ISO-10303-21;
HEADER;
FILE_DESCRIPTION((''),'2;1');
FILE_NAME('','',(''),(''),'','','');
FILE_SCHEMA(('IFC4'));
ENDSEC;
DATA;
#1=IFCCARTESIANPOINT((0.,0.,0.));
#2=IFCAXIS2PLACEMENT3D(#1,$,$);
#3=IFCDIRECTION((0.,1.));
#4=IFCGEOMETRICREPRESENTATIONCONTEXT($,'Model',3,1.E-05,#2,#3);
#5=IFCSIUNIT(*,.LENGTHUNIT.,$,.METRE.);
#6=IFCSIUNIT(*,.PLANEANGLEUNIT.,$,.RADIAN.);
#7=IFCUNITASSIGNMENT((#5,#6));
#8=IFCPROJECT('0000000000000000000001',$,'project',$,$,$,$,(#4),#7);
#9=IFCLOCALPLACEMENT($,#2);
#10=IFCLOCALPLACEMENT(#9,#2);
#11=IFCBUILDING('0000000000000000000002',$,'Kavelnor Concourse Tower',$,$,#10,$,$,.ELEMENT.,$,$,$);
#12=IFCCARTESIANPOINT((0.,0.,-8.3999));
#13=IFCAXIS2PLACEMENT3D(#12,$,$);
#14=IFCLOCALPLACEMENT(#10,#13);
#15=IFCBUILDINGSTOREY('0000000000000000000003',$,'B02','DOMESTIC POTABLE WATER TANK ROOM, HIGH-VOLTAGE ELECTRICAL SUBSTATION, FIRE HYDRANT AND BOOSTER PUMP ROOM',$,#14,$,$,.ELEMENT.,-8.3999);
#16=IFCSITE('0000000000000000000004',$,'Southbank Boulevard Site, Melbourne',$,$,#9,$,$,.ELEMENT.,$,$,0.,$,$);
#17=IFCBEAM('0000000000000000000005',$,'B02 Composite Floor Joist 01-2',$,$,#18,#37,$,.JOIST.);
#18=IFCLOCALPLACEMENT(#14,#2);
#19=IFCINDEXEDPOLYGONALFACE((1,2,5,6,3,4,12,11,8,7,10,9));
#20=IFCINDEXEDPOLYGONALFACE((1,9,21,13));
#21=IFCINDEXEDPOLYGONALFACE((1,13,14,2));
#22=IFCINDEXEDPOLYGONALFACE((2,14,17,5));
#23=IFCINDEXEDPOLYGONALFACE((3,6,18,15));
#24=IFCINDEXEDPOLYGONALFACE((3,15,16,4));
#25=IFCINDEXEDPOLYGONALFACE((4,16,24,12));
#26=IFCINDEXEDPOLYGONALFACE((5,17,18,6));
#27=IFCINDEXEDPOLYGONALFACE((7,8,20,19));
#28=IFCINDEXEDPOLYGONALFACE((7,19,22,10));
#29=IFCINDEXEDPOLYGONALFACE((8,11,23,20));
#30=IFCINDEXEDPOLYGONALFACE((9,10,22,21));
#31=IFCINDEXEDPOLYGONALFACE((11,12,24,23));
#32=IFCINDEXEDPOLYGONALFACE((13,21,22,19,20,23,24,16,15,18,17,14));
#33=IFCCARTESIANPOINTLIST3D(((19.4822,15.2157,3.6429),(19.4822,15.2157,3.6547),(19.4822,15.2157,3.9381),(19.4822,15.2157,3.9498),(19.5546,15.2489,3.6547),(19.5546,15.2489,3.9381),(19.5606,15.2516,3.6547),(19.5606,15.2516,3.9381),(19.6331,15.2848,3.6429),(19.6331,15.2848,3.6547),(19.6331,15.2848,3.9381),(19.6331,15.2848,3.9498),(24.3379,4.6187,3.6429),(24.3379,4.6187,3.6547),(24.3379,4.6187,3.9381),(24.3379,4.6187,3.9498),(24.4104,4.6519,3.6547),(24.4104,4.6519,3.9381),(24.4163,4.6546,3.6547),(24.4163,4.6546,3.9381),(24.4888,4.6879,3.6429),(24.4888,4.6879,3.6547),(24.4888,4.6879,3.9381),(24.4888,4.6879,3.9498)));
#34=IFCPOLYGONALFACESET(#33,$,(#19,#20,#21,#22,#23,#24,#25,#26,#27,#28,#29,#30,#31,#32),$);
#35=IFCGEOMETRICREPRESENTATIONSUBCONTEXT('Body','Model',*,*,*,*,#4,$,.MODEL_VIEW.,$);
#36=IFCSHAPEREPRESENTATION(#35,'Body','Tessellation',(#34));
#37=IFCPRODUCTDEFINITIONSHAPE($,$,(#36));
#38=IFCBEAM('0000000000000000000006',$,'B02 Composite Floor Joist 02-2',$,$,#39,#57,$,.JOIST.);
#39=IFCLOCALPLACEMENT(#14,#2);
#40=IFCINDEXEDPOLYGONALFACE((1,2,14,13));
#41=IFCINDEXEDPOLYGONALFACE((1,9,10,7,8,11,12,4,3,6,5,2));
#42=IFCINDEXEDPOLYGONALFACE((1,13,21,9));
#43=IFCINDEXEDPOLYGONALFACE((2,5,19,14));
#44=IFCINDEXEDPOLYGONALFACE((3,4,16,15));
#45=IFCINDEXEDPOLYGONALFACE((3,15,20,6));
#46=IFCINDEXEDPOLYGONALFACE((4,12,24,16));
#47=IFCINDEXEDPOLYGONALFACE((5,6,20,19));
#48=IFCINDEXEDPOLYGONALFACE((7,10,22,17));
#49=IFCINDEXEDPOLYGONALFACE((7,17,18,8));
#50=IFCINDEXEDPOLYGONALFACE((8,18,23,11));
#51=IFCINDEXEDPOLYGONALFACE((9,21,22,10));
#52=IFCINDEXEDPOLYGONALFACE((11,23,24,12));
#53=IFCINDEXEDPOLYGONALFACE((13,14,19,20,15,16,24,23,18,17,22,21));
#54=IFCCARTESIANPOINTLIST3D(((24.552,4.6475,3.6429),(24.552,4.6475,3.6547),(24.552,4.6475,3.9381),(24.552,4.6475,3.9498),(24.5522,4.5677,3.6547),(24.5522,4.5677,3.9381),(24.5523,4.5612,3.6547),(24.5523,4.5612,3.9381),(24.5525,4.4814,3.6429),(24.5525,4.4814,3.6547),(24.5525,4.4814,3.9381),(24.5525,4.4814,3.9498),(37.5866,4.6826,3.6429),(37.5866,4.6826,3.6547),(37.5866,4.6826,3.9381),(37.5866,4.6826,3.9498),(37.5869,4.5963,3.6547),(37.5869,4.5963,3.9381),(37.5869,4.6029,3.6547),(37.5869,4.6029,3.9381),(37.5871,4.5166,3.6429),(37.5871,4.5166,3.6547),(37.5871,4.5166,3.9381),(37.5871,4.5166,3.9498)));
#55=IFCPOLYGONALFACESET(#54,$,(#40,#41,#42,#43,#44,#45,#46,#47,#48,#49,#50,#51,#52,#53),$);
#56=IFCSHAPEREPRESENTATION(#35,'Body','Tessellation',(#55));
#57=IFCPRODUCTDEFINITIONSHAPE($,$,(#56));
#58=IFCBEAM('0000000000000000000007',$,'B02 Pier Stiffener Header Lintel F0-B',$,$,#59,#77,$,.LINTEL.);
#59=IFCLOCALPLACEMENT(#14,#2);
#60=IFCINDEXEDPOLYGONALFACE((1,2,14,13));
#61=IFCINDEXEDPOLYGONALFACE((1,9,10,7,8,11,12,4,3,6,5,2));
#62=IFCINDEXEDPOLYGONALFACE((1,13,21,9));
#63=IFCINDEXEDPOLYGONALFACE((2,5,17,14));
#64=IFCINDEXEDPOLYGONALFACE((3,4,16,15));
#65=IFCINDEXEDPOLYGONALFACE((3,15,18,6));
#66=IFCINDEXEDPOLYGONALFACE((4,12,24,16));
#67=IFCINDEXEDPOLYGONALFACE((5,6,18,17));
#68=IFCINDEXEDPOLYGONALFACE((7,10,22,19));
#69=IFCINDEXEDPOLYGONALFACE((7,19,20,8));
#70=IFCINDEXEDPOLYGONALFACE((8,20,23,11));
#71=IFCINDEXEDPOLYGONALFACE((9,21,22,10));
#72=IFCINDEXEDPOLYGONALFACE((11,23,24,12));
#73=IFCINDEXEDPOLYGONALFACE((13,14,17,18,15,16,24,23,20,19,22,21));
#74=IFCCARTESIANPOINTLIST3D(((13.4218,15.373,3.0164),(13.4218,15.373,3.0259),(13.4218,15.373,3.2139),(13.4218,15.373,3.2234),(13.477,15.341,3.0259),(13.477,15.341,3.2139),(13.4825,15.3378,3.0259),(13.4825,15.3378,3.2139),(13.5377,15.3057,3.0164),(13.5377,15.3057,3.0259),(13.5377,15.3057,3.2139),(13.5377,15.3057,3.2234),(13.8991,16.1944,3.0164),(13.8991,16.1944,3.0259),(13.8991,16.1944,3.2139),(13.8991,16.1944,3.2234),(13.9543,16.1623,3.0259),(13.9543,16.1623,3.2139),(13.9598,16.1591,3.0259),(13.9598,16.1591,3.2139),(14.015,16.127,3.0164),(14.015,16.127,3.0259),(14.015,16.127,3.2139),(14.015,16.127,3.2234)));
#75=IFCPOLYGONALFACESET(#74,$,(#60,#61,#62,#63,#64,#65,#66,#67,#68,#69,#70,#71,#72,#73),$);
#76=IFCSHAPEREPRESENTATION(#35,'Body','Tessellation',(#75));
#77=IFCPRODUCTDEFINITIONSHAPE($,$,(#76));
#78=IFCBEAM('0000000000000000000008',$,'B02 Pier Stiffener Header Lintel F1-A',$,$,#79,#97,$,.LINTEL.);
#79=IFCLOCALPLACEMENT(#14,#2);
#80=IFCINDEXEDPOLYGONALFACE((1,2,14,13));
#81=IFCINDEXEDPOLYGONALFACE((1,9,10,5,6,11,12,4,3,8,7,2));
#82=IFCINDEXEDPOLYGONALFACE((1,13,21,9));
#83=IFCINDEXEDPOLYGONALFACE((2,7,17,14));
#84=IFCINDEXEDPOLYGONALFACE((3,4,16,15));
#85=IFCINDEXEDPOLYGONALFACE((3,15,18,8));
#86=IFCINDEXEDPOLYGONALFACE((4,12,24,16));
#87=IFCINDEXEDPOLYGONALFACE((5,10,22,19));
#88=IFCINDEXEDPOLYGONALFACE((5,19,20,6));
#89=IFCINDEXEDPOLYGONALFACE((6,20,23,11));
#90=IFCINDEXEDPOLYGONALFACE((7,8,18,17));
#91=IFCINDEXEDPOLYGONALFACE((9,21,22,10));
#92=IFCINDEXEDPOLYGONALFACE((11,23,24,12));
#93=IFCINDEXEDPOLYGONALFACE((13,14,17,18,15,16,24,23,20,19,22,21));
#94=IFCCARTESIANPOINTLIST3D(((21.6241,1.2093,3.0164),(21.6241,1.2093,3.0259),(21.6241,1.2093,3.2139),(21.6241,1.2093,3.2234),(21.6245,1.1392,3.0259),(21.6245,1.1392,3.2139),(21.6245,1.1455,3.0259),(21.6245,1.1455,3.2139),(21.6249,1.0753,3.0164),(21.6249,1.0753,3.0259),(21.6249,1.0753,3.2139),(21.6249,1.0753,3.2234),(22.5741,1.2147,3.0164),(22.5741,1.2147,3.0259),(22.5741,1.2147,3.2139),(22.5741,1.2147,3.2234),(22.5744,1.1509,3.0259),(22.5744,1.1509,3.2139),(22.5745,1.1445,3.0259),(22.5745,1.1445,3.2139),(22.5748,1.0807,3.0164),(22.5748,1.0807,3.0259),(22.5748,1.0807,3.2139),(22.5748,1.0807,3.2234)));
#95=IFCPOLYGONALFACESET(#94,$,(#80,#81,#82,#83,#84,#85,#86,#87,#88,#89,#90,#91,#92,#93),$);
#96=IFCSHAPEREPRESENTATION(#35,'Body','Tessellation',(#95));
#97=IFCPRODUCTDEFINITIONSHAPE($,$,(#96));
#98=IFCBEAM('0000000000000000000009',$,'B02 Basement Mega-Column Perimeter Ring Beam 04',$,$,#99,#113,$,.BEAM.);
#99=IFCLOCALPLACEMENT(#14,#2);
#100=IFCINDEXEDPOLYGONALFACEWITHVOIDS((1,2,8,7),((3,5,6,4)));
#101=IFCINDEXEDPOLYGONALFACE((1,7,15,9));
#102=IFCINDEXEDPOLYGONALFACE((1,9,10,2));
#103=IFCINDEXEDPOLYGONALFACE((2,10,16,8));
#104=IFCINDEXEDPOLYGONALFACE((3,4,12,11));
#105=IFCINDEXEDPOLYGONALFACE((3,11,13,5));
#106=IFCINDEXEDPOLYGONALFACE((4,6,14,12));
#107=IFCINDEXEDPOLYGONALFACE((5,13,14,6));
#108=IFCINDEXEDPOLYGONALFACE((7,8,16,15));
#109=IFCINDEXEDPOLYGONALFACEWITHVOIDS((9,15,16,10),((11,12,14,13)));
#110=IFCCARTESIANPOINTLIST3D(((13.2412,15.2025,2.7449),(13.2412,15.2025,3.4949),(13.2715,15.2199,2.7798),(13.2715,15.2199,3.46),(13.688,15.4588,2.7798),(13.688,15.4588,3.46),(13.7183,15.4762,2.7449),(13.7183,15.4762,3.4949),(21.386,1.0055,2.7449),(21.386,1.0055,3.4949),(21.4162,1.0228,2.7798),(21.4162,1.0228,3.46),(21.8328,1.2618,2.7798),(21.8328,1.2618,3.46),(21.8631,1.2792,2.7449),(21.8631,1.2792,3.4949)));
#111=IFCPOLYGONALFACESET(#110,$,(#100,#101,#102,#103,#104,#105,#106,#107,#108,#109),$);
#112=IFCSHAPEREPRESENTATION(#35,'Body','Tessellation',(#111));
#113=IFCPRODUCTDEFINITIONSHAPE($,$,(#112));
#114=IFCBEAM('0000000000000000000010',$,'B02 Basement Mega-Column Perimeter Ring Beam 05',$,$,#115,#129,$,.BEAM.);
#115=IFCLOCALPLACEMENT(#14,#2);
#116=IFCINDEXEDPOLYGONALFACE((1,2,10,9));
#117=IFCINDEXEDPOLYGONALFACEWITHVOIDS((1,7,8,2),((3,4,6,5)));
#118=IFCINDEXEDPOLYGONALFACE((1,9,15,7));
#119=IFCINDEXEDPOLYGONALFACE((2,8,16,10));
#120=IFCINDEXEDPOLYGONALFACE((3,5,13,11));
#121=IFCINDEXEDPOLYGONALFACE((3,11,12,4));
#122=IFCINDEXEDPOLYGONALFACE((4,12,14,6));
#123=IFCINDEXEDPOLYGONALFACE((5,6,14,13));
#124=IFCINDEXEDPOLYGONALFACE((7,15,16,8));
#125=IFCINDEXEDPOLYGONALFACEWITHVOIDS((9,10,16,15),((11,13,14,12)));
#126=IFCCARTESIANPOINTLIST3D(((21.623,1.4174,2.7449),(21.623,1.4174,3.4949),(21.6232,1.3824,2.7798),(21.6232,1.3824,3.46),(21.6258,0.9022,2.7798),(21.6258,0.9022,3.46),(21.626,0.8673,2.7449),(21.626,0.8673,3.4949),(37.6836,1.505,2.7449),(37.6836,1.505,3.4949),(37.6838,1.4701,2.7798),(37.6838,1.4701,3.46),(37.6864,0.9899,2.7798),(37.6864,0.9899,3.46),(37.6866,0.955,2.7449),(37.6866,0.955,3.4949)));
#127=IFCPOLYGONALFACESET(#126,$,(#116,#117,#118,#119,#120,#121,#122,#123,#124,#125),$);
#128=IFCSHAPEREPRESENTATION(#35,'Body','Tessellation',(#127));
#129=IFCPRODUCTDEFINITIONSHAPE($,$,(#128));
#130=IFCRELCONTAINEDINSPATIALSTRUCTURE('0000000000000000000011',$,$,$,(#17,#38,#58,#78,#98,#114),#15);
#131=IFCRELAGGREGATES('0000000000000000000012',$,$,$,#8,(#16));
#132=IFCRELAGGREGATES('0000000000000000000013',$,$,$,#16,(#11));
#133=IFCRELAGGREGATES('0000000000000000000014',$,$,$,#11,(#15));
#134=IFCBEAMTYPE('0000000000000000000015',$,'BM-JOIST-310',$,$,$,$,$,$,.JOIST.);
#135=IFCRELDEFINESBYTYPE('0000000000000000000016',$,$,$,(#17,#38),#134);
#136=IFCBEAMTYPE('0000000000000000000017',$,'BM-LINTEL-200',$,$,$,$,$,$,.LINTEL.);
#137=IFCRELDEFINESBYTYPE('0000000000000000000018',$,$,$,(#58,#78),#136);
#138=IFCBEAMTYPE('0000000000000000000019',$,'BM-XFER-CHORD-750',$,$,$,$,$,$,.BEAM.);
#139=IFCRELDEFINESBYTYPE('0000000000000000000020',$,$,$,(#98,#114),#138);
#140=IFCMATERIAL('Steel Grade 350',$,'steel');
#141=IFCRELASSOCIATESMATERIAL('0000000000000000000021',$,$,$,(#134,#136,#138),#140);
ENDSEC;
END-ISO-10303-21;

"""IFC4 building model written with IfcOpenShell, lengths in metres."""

from ifc_helpers import new_model, si_unit, direction, frame, origin, origin_2d, place, context, subcontext, project, spatial, hollow_rectangle, i_section, extrude, material, material_profile, profile_set, type_object, element, save


model = new_model("IFC4")

# Units and contexts
model_context = context("Model", 3, precision=1e-05, world=origin(), true_north=direction((0.0, 1.0)))
body_context = subcontext(model_context, "Body", "Model", "MODEL_VIEW")
ifc_project = project(units=[si_unit("LENGTHUNIT", "METRE"), si_unit("PLANEANGLEUNIT", "RADIAN")], contexts=[model_context])

# Site, building, storey
site_placement = place(None, origin())
site = spatial("IfcSite", under=ifc_project, at=site_placement, Name="Southbank Boulevard Site, Melbourne", CompositionType="ELEMENT", RefElevation=0.0)
building_placement = place(site_placement, origin())
building = spatial("IfcBuilding", under=site, at=building_placement, Name="Kavelnor Concourse Tower", CompositionType="ELEMENT")
storey_placement = place(building_placement, frame((0.0, 0.0, -8.3999)))
storey = spatial("IfcBuildingStorey", under=building, at=storey_placement, Name="B02", Description="DOMESTIC POTABLE WATER TANK ROOM, HIGH-VOLTAGE ELECTRICAL SUBSTATION, FIRE HYDRANT AND BOOSTER PUMP ROOM", CompositionType="ELEMENT", Elevation=-8.3999)

# Shared definitions
ifc_material_1 = material(Name="Steel Grade 350", Category="steel")

# Beams
ifc_material_profile_1 = material_profile(ifc_material_1, i_section(OverallWidth=0.166, OverallDepth=0.3069, WebThickness=0.0066, FlangeThickness=0.0117, at=origin_2d()), Name="310UB46")
ifc_profile_set_1 = profile_set([ifc_material_profile_1], Name="Steel Grade 350")
beam_type_1 = type_object("IfcBeamType", Name="BM-JOIST-310", PredefinedType="JOIST", material=ifc_profile_set_1)
beam_1_placement = place(storey_placement, frame((19.5576, 15.2502, 3.7964), z_axis=(0.416569, -0.909104, 0.0), x_axis=(0.909104, 0.416569, 0.0)))
element("IfcBeam", 1, at=beam_1_placement, inside=storey, type_object=beam_type_1, Name="B02 Composite Floor Joist 01-2", PredefinedType="JOIST", context=body_context, shape_type="SweptSolid", body=[
    extrude(i_section(OverallWidth=0.166, OverallDepth=0.3069, WebThickness=0.0066, FlangeThickness=0.0117, at=origin_2d()), origin(), (0.0, 0.0, 1.0), 11.6565),
])
beam_2_placement = place(storey_placement, frame((24.5522, 4.5645, 3.7964), z_axis=(0.999996, 0.002697, 0.0), x_axis=(-0.002697, 0.999996, 0.0)))
element("IfcBeam", 2, at=beam_2_placement, inside=storey, type_object=beam_type_1, Name="B02 Composite Floor Joist 02-2", PredefinedType="JOIST", context=body_context, shape_type="SweptSolid", body=[
    extrude(i_section(OverallWidth=0.166, OverallDepth=0.3069, WebThickness=0.0066, FlangeThickness=0.0117, at=origin_2d()), origin(), (0.0, 0.0, 1.0), 13.0347),
])
ifc_material_profile_2 = material_profile(ifc_material_1, i_section(OverallWidth=0.134, OverallDepth=0.207, WebThickness=0.0063, FlangeThickness=0.0095, at=origin_2d()), Name="200UB29")
ifc_profile_set_2 = profile_set([ifc_material_profile_2], Name="Steel Grade 350")
beam_type_2 = type_object("IfcBeamType", Name="BM-LINTEL-200", PredefinedType="LINTEL", material=ifc_profile_set_2)
for number, where, z_axis, x_axis, name in (
    (3, (13.4797, 15.3394, 3.1199), (0.502464, 0.864598, 0.0), (-0.864598, 0.502464, 0.0), "B02 Pier Stiffener Header Lintel F0-B"),
    (4, (21.6245, 1.1423, 3.1199), (0.999984, 0.005654, 0.0), (-0.005654, 0.999984, 0.0), "B02 Pier Stiffener Header Lintel F1-A"),
):
    element("IfcBeam", number, at=place(storey_placement, frame(where, z_axis=z_axis, x_axis=x_axis)), inside=storey, type_object=beam_type_2, Name=name, PredefinedType="LINTEL", context=body_context, shape_type="SweptSolid", body=[
        extrude(i_section(OverallWidth=0.134, OverallDepth=0.207, WebThickness=0.0063, FlangeThickness=0.0095, at=origin_2d()), origin(), (0.0, 0.0, 1.0), 0.95),
    ])
ifc_material_profile_3 = material_profile(ifc_material_1, hollow_rectangle(XDim=0.55, YDim=0.75, WallThickness=0.0349, at=origin_2d()), Name="RHS 750x550x35")
ifc_profile_set_3 = profile_set([ifc_material_profile_3], Name="Steel Grade 350")
beam_type_3 = type_object("IfcBeamType", Name="BM-XFER-CHORD-750", PredefinedType="BEAM", material=ifc_profile_set_3)
beam_3_placement = place(storey_placement, frame((13.4797, 15.3394, 3.1199), z_axis=(0.497621, -0.867395, 0.0), x_axis=(0.867395, 0.497621, 0.0)))
element("IfcBeam", 5, at=beam_3_placement, inside=storey, type_object=beam_type_3, Name="B02 Basement Mega-Column Perimeter Ring Beam 04", PredefinedType="BEAM", context=body_context, shape_type="SweptSolid", body=[
    extrude(hollow_rectangle(XDim=0.55, YDim=0.75, WallThickness=0.0349, at=origin_2d()), origin(), (0.0, 0.0, 1.0), 16.3674),
])
beam_4_placement = place(storey_placement, frame((21.6245, 1.1423, 3.1199), z_axis=(0.999985, 0.005457, 0.0), x_axis=(-0.005457, 0.999985, 0.0)))
element("IfcBeam", 6, at=beam_4_placement, inside=storey, type_object=beam_type_3, Name="B02 Basement Mega-Column Perimeter Ring Beam 05", PredefinedType="BEAM", context=body_context, shape_type="SweptSolid", body=[
    extrude(hollow_rectangle(XDim=0.55, YDim=0.75, WallThickness=0.0349, at=origin_2d()), origin(), (0.0, 0.0, 1.0), 16.0608),
])

save(model, "model.ifc")
